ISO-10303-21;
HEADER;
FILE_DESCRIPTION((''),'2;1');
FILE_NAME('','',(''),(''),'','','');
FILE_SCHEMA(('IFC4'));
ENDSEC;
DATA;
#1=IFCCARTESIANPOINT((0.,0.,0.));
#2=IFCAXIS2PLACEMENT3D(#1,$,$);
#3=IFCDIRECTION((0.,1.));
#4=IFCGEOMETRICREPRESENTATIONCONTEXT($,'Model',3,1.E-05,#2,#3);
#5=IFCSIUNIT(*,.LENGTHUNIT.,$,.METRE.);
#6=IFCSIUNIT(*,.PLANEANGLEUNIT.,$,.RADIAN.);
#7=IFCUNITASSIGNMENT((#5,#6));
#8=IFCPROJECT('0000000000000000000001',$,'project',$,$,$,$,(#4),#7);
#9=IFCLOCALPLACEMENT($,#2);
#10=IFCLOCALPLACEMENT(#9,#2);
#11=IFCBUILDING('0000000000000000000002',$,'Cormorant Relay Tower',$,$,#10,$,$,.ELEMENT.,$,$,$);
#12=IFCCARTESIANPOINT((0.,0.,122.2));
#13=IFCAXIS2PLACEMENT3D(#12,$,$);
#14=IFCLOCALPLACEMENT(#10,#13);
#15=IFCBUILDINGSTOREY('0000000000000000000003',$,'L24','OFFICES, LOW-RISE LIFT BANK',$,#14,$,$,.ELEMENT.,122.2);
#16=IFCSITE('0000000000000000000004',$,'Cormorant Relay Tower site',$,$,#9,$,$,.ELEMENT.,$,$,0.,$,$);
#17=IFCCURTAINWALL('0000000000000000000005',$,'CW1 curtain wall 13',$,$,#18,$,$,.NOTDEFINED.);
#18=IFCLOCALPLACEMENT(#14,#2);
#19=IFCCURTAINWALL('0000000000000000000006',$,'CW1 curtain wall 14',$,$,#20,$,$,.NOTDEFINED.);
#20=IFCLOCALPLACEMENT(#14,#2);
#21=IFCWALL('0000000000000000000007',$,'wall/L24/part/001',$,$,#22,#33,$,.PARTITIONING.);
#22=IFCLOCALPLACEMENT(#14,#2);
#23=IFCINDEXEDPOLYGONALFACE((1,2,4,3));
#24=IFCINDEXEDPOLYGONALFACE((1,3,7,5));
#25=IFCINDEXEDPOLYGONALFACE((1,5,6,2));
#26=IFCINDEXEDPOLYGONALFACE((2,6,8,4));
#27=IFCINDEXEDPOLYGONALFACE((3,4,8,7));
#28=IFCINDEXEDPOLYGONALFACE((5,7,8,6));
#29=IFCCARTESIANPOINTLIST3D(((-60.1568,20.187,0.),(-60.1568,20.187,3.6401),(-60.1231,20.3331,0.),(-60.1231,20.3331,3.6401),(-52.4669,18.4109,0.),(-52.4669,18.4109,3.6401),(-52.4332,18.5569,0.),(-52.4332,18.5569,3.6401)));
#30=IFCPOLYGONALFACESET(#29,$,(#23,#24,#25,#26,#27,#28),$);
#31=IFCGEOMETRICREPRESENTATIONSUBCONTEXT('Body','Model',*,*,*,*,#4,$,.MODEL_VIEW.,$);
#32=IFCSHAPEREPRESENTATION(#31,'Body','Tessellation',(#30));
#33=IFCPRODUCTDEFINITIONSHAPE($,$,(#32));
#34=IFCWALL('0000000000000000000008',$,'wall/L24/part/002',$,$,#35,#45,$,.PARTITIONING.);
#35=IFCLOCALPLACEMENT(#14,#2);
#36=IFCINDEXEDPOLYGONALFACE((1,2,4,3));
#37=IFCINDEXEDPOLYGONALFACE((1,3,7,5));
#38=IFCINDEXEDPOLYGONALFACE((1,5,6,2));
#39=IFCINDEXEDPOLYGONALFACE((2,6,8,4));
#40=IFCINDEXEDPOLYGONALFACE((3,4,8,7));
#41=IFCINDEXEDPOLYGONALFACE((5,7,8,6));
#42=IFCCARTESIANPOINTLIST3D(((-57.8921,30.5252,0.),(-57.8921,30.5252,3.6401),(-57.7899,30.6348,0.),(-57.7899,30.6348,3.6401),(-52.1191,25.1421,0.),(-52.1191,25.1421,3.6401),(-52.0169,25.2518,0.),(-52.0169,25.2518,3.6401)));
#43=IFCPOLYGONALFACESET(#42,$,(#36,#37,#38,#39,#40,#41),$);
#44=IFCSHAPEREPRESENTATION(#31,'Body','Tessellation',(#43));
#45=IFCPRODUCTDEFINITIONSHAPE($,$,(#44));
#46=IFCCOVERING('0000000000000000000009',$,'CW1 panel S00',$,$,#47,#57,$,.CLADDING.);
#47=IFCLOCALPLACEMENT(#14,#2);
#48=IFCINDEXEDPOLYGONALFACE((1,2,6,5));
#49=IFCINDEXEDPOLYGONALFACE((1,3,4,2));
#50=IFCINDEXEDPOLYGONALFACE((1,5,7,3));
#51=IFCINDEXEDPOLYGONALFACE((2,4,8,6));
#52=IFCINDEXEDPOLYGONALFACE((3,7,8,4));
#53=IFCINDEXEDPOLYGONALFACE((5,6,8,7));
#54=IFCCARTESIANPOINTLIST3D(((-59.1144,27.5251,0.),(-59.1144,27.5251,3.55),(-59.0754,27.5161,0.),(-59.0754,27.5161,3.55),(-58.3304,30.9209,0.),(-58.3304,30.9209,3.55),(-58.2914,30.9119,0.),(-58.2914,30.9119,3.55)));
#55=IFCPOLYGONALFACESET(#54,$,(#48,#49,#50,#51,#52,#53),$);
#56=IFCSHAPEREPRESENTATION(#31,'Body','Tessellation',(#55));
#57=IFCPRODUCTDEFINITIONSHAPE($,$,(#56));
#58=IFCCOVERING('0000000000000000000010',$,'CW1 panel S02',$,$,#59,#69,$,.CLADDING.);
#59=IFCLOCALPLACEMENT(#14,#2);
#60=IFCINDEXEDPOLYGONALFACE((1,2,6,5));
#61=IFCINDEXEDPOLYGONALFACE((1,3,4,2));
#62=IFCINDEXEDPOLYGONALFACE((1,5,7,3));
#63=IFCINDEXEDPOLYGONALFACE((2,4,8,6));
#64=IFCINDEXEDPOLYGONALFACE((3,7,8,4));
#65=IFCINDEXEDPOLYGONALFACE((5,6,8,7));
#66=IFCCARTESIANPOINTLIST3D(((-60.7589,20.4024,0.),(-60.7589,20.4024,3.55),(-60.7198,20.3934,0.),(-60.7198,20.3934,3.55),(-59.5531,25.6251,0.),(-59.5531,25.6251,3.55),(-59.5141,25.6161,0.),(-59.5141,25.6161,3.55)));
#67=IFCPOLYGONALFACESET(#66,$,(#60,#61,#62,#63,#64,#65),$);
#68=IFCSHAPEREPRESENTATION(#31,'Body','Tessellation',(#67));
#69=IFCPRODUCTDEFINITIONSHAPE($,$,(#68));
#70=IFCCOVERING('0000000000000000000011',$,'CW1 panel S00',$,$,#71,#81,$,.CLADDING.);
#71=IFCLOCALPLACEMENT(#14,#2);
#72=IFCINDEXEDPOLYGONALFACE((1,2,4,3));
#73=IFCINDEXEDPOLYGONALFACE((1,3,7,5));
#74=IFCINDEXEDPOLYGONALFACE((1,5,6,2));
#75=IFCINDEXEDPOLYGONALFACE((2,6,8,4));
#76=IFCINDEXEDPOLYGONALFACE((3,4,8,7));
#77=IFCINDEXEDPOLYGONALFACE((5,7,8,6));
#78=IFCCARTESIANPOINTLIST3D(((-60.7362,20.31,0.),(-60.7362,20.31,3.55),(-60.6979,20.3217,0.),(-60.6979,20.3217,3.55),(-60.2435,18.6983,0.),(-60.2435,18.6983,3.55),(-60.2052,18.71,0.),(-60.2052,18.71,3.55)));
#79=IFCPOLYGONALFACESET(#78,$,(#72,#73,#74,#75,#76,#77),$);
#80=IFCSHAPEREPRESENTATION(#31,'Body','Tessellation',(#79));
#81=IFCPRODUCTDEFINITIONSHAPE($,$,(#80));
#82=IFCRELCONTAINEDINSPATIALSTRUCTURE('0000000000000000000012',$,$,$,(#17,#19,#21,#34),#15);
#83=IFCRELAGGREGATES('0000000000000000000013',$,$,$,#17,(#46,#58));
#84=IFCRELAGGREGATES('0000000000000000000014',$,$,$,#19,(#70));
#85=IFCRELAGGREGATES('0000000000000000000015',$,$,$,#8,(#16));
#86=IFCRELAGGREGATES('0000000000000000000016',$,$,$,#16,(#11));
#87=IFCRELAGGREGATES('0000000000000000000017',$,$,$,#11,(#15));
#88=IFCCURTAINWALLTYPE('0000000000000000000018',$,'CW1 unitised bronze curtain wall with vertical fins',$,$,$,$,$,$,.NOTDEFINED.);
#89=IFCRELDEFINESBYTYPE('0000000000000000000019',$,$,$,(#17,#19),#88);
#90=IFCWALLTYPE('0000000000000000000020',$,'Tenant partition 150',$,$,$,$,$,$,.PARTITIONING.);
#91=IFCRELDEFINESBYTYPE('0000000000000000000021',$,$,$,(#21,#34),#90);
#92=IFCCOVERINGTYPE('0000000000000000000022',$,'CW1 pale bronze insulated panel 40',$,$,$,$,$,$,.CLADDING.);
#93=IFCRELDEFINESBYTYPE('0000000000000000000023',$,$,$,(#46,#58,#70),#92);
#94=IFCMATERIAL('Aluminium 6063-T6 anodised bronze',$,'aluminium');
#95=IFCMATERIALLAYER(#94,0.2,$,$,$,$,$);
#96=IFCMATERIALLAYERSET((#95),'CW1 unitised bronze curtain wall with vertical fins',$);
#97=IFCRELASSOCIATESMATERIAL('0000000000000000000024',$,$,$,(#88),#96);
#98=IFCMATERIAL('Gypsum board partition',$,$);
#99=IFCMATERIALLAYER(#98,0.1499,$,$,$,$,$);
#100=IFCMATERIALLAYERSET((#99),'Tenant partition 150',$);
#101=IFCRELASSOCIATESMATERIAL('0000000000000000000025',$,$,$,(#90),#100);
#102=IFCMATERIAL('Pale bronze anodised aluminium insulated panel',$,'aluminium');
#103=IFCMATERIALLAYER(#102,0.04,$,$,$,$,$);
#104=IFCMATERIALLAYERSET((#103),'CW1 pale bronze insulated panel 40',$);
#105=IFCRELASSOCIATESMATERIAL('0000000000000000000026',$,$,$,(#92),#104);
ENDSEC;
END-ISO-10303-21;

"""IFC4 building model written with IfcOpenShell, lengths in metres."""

from ifc_helpers import new_model, si_unit, direction, frame, frame_2d, origin, origin_2d, place, context, subcontext, project, spatial, rectangle, extrude, material, layer, layer_set, type_object, element, aggregate, save


model = new_model("IFC4")

# Units and contexts
model_context = context("Model", 3, precision=1e-05, world=origin(), true_north=direction((0.0, 1.0)))
body_context = subcontext(model_context, "Body", "Model", "MODEL_VIEW")
ifc_project = project(units=[si_unit("LENGTHUNIT", "METRE"), si_unit("PLANEANGLEUNIT", "RADIAN")], contexts=[model_context])

# Site, building, storey
site_placement = place(None, origin())
site = spatial("IfcSite", under=ifc_project, at=site_placement, Name="Cormorant Relay Tower site", CompositionType="ELEMENT", RefElevation=0.0)
building_placement = place(site_placement, origin())
building = spatial("IfcBuilding", under=site, at=building_placement, Name="Cormorant Relay Tower", CompositionType="ELEMENT")
storey_placement = place(building_placement, frame((0.0, 0.0, 122.2)))
storey = spatial("IfcBuildingStorey", under=building, at=storey_placement, Name="L24", Description="OFFICES, LOW-RISE LIFT BANK", CompositionType="ELEMENT", Elevation=122.2)

# Curtain wall
ifc_material_1 = material(Name="Aluminium 6063-T6 anodised bronze", Category="aluminium")
ifc_layer_1 = layer(ifc_material_1, 0.2)
ifc_layer_set_1 = layer_set([ifc_layer_1], Name="CW1 unitised bronze curtain wall with vertical fins")
curtain_wall_type = type_object("IfcCurtainWallType", Name="CW1 unitised bronze curtain wall with vertical fins", PredefinedType="NOTDEFINED", material=ifc_layer_set_1)
curtain_wall_1_placement = place(storey_placement, origin())
curtain_wall_1 = element("IfcCurtainWall", 1, at=curtain_wall_1_placement, inside=storey, type_object=curtain_wall_type, Name="CW1 curtain wall 13", PredefinedType="NOTDEFINED")

# Curtain wall
curtain_wall_2_placement = place(storey_placement, origin())
curtain_wall_2 = element("IfcCurtainWall", 2, at=curtain_wall_2_placement, inside=storey, type_object=curtain_wall_type, Name="CW1 curtain wall 14", PredefinedType="NOTDEFINED")

# Walls
ifc_material_2 = material(Name="Gypsum board partition")
ifc_layer_2 = layer(ifc_material_2, 0.1499)
ifc_layer_set_2 = layer_set([ifc_layer_2], Name="Tenant partition 150")
wall_type_1 = type_object("IfcWallType", Name="Tenant partition 150", PredefinedType="PARTITIONING", material=ifc_layer_set_2)
wall_1_placement = place(storey_placement, frame((-52.45, 18.4839, 0.0), z_axis=(0.0, 0.0, 1.0), x_axis=(-0.974349, 0.225042, 0.0)))
element("IfcWall", 3, at=wall_1_placement, inside=storey, type_object=wall_type_1, Name="wall/L24/part/001", PredefinedType="PARTITIONING", context=body_context, shape_type="SweptSolid", body=[
    extrude(rectangle(XDim=7.8923, YDim=0.1499, at=frame_2d((3.9463, 0.0))), origin(), (0.0, 0.0, 1.0), 3.6401),
])
wall_2_placement = place(storey_placement, frame((-57.8411, 30.5801, 0.0), z_axis=(0.0, 0.0, 1.0), x_axis=(0.731373, -0.681978, 0.0)))
element("IfcWall", 4, at=wall_2_placement, inside=storey, type_object=wall_type_1, Name="wall/L24/part/002", PredefinedType="PARTITIONING", context=body_context, shape_type="SweptSolid", body=[
    extrude(rectangle(XDim=7.8933, YDim=0.1499, at=frame_2d((3.9468, 0.0))), origin(), (0.0, 0.0, 1.0), 3.6401),
])

# Coverings
ifc_material_3 = material(Name="Pale bronze anodised aluminium insulated panel", Category="aluminium")
ifc_layer_3 = layer(ifc_material_3, 0.04)
ifc_layer_set_3 = layer_set([ifc_layer_3], Name="CW1 pale bronze insulated panel 40")
covering_type = type_object("IfcCoveringType", Name="CW1 pale bronze insulated panel 40", PredefinedType="CLADDING", material=ifc_layer_set_3)
covering_1_placement = place(storey_placement, frame((-58.7029, 29.2185, 0.0), z_axis=(0.0, 0.0, 1.0), x_axis=(-0.224951, -0.97437, 0.0)))
covering_1 = element("IfcCovering", 5, at=covering_1_placement, type_object=covering_type, Name="CW1 panel S00", PredefinedType="CLADDING", context=body_context, shape_type="SweptSolid", body=[
    extrude(rectangle(XDim=3.4851, YDim=0.04, at=origin_2d()), origin(), (0.0, 0.0, 1.0), 3.55),
])
covering_2_placement = place(storey_placement, frame((-60.1365, 23.0093, 0.0), z_axis=(0.0, 0.0, 1.0), x_axis=(-0.224951, -0.97437, 0.0)))
covering_2 = element("IfcCovering", 6, at=covering_2_placement, type_object=covering_type, Name="CW1 panel S02", PredefinedType="CLADDING", context=body_context, shape_type="SweptSolid", body=[
    extrude(rectangle(XDim=5.3601, YDim=0.04, at=origin_2d()), origin(), (0.0, 0.0, 1.0), 3.55),
])
aggregate(curtain_wall_1, [covering_1, covering_2])
covering_3_placement = place(storey_placement, frame((-60.4707, 19.51, 0.0), z_axis=(0.0, 0.0, 1.0), x_axis=(0.292372, -0.956305, 0.0)))
covering_3 = element("IfcCovering", 7, at=covering_3_placement, type_object=covering_type, Name="CW1 panel S00", PredefinedType="CLADDING", context=body_context, shape_type="SweptSolid", body=[
    extrude(rectangle(XDim=1.6853, YDim=0.04, at=origin_2d()), origin(), (0.0, 0.0, 1.0), 3.55),
])
aggregate(curtain_wall_2, [covering_3])

save(model, "model.ifc")
